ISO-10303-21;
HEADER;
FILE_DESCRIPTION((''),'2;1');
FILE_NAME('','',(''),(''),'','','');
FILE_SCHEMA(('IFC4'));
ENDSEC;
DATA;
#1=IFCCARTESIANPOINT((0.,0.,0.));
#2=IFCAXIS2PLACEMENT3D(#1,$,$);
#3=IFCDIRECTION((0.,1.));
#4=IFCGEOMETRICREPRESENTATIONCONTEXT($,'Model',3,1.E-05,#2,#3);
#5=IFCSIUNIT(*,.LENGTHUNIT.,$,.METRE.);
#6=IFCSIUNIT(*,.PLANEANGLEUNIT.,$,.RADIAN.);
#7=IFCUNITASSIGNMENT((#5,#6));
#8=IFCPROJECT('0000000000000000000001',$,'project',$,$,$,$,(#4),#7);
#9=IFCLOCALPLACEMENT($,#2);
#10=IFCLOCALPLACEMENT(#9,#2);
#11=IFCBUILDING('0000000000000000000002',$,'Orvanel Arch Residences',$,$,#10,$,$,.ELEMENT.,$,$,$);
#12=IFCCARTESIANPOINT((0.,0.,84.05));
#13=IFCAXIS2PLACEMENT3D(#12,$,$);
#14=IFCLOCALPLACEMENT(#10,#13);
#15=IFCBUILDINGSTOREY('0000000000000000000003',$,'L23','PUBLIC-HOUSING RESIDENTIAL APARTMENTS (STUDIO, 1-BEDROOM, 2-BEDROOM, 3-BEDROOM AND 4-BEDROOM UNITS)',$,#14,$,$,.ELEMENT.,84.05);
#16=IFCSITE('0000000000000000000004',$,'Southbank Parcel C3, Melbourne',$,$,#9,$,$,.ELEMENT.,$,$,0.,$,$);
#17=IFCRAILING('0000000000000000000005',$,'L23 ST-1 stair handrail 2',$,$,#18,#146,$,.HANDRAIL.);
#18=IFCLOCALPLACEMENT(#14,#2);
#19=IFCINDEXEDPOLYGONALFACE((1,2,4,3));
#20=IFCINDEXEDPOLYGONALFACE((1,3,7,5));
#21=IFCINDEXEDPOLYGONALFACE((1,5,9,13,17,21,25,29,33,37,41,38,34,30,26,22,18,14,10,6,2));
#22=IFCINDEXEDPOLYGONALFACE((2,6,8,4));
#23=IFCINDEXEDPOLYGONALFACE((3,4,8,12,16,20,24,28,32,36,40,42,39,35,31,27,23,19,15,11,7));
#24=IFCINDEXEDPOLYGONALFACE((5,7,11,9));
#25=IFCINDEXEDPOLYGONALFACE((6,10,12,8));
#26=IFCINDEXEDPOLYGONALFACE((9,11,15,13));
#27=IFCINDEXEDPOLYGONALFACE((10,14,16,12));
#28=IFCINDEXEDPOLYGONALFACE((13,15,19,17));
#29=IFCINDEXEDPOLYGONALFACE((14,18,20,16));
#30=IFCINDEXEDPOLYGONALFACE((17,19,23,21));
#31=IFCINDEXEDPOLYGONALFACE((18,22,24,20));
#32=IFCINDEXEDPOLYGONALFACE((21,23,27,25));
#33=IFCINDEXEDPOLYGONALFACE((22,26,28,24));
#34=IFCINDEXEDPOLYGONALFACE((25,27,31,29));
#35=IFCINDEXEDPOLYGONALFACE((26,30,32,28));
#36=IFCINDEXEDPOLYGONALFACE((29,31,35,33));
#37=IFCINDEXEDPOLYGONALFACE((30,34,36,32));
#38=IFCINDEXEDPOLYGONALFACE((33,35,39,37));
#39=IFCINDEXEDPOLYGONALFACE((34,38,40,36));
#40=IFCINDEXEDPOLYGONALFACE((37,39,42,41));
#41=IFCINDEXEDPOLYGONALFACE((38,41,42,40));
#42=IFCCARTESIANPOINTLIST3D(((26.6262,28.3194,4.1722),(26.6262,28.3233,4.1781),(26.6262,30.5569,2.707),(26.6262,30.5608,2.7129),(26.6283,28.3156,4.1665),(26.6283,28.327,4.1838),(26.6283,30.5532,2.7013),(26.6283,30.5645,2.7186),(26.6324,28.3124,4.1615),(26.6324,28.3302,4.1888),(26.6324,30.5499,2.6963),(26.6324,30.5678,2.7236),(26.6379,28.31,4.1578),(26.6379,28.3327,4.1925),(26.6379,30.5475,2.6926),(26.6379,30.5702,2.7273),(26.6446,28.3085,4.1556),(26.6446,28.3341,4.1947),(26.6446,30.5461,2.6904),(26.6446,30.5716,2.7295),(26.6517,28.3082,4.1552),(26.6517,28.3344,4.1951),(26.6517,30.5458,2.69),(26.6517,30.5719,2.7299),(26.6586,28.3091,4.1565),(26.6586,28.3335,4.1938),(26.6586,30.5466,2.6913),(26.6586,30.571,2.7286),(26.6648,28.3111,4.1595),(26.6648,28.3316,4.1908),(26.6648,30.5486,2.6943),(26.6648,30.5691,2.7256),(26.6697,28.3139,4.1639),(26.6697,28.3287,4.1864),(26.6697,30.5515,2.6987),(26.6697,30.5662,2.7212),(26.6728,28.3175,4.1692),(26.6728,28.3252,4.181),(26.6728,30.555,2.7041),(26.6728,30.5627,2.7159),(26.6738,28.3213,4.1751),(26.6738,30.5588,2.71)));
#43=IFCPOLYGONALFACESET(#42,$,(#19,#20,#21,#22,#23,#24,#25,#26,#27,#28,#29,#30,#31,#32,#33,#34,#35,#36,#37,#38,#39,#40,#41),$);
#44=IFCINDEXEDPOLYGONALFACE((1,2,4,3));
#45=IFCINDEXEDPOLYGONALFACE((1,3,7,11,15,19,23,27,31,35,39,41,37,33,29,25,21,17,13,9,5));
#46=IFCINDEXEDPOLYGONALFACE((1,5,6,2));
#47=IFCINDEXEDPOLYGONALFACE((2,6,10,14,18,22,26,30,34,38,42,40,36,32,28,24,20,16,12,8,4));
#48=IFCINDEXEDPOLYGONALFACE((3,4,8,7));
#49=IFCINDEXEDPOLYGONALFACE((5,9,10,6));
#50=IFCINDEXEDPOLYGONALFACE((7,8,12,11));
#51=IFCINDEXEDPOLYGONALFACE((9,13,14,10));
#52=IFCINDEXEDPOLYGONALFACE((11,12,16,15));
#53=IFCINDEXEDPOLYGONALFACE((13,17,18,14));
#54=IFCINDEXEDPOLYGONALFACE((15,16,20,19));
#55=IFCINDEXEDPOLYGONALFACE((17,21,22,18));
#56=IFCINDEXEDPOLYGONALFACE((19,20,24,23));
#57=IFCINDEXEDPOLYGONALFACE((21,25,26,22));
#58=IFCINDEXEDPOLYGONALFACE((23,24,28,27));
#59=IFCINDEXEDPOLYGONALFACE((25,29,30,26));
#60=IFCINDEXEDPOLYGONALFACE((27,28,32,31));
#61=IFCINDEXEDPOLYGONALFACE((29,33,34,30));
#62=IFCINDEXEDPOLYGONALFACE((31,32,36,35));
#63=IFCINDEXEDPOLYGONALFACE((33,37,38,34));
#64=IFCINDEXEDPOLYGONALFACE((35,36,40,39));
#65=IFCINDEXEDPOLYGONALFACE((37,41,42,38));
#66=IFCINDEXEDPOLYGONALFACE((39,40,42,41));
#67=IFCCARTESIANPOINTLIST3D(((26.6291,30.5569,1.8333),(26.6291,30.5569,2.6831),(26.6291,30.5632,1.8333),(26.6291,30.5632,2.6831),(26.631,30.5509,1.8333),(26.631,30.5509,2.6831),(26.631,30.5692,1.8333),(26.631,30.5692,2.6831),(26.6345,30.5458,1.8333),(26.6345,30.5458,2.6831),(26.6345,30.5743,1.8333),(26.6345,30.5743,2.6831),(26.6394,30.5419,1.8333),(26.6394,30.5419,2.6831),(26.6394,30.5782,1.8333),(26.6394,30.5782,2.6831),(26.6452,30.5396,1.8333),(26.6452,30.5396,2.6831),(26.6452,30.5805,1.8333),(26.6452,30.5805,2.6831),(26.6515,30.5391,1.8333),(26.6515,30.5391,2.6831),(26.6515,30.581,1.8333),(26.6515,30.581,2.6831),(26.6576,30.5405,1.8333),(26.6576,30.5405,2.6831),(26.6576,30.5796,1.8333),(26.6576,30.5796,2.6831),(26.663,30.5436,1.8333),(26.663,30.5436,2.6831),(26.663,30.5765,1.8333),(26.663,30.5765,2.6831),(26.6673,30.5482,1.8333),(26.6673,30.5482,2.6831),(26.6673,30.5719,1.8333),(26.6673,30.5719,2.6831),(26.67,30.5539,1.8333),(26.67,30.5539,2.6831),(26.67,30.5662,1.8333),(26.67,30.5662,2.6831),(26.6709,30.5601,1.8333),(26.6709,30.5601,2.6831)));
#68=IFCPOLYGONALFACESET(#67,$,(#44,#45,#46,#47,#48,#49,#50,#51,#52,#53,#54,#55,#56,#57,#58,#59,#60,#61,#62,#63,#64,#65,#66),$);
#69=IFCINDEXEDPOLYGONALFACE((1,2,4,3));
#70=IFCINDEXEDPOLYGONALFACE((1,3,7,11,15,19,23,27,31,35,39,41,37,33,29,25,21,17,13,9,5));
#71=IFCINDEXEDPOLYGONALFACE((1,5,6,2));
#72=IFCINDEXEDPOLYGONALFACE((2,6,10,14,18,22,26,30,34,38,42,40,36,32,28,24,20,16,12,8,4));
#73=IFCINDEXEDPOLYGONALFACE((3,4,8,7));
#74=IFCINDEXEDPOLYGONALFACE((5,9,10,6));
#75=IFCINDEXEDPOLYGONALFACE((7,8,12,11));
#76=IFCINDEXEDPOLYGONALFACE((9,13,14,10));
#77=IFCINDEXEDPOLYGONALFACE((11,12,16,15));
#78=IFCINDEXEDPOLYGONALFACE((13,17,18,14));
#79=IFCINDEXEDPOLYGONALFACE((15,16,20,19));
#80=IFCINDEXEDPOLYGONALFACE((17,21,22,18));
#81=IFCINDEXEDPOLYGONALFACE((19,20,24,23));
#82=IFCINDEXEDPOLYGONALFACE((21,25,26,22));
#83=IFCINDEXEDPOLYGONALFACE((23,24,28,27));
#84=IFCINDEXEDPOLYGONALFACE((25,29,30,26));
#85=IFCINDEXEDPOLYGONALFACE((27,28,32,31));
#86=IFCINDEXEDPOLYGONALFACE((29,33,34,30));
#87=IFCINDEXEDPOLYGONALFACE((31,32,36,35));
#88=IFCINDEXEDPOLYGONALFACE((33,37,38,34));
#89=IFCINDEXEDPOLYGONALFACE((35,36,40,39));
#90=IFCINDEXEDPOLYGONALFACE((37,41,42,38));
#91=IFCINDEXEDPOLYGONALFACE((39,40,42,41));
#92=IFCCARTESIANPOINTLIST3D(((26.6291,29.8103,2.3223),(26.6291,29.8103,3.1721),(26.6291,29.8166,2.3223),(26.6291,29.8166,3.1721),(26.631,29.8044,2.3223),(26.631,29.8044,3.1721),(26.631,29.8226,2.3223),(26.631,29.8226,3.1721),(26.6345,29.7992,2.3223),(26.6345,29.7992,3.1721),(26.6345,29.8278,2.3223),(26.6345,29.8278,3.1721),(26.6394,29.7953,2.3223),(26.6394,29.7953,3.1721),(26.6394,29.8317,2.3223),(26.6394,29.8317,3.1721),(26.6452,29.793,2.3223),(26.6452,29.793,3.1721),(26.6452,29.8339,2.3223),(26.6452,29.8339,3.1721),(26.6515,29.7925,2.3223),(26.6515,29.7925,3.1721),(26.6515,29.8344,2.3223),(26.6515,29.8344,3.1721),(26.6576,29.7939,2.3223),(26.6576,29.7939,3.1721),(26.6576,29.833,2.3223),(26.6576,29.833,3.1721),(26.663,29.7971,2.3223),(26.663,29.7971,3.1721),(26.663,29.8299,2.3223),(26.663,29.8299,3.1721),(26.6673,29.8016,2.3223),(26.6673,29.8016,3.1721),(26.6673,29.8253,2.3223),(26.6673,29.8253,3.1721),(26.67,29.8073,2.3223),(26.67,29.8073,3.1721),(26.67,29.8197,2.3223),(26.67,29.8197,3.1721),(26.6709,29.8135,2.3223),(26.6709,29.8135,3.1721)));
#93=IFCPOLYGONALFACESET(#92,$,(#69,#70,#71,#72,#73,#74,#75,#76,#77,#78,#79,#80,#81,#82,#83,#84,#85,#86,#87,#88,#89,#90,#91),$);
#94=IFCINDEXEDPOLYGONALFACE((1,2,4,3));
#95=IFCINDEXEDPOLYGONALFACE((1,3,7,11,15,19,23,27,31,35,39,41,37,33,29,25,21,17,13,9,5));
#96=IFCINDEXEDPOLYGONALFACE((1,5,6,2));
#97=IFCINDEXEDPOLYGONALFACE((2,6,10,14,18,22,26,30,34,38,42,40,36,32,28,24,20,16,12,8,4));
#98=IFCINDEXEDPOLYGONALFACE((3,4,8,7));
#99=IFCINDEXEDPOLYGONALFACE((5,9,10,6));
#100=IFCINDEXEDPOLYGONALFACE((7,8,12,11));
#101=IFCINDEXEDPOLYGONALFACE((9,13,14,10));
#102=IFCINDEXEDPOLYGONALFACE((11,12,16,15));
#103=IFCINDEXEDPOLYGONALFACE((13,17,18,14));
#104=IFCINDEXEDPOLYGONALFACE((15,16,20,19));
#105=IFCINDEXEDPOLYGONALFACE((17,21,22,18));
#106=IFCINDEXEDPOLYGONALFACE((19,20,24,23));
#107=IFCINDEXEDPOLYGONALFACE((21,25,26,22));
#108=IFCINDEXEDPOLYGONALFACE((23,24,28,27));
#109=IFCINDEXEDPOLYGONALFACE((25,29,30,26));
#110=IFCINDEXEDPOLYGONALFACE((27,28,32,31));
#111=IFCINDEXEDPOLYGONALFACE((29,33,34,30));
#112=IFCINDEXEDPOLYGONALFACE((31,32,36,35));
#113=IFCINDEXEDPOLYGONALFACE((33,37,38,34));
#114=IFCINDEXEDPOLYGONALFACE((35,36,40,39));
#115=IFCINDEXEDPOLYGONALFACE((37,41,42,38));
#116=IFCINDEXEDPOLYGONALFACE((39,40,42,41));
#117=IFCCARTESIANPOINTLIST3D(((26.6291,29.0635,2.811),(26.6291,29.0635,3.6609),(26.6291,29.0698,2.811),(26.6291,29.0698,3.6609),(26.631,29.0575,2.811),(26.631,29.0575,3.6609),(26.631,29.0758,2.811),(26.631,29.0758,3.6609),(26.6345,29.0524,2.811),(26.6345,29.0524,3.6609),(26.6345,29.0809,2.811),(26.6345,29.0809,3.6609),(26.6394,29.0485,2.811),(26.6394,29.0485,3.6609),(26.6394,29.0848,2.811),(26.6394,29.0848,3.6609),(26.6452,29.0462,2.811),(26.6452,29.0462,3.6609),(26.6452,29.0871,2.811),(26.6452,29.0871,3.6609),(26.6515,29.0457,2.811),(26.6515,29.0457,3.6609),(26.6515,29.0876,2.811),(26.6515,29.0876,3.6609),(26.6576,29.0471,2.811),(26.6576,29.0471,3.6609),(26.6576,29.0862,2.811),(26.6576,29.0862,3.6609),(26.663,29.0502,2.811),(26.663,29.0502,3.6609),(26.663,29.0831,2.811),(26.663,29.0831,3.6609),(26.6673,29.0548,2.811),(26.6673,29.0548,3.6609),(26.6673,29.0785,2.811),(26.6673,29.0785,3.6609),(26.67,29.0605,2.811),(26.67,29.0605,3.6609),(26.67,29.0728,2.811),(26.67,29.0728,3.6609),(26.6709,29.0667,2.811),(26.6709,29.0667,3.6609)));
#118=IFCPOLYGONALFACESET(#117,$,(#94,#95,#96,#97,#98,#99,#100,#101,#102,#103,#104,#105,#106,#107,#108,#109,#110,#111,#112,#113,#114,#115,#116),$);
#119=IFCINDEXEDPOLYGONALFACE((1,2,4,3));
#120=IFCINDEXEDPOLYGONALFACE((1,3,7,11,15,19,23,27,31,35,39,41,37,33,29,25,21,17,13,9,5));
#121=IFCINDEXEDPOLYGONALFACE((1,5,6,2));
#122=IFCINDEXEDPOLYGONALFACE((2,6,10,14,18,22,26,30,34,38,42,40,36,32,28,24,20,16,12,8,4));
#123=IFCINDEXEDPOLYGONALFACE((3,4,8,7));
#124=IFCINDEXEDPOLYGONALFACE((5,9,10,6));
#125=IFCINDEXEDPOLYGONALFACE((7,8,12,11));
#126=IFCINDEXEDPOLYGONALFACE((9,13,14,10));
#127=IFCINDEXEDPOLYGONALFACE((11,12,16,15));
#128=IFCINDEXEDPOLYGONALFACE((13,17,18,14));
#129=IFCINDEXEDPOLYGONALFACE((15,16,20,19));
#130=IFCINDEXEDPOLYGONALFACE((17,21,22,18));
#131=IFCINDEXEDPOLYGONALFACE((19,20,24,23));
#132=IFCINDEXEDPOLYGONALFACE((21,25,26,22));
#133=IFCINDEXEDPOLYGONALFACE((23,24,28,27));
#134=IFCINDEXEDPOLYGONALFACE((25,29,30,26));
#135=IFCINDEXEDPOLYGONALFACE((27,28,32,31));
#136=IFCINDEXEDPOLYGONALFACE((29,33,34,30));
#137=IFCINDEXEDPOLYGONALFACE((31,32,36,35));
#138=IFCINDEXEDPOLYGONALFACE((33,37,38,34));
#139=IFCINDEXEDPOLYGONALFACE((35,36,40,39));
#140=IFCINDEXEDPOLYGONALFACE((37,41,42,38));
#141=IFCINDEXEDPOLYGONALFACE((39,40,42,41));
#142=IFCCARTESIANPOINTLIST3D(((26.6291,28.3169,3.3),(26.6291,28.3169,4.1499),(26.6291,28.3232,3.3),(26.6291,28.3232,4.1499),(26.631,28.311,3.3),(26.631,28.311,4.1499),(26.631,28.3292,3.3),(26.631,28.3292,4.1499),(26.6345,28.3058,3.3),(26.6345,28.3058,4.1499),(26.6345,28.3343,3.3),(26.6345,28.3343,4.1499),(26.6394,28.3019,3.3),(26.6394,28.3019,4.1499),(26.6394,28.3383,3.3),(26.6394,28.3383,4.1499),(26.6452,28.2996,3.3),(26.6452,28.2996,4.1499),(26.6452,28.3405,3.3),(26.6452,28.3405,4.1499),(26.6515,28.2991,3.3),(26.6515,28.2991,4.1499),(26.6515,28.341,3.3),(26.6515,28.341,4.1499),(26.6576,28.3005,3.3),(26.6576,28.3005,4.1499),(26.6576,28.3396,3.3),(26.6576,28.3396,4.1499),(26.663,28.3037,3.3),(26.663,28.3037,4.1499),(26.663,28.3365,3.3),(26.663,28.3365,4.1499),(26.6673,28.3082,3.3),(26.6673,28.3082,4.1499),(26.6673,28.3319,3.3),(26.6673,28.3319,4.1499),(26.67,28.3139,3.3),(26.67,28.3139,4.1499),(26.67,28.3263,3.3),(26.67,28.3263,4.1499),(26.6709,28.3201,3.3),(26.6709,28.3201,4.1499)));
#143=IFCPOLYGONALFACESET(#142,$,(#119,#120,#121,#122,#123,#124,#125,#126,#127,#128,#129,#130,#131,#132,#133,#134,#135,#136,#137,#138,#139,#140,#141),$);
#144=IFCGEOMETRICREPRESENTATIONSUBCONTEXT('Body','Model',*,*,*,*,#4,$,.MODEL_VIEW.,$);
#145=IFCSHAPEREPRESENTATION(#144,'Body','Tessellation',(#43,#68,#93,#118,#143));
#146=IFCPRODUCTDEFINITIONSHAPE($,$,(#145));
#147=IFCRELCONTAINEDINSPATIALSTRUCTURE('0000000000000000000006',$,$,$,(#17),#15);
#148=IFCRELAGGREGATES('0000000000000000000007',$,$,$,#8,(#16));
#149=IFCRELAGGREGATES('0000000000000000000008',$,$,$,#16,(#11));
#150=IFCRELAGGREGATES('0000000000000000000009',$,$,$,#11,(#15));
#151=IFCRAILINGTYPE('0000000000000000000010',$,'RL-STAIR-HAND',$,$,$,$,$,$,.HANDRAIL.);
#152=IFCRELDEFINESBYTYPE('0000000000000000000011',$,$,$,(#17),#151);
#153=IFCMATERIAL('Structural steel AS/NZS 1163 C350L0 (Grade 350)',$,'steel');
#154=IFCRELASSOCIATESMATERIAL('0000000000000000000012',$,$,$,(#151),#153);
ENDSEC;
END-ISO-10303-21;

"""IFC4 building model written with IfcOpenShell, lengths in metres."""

from ifc_helpers import new_model, si_unit, direction, frame, origin, origin_2d, place, context, subcontext, project, spatial, circle, extrude, material, type_object, element, save


model = new_model("IFC4")

# Units and contexts
model_context = context("Model", 3, precision=1e-05, world=origin(), true_north=direction((0.0, 1.0)))
body_context = subcontext(model_context, "Body", "Model", "MODEL_VIEW")
ifc_project = project(units=[si_unit("LENGTHUNIT", "METRE"), si_unit("PLANEANGLEUNIT", "RADIAN")], contexts=[model_context])

# Site, building, storey
site_placement = place(None, origin())
site = spatial("IfcSite", under=ifc_project, at=site_placement, Name="Southbank Parcel C3, Melbourne", CompositionType="ELEMENT", RefElevation=0.0)
building_placement = place(site_placement, origin())
building = spatial("IfcBuilding", under=site, at=building_placement, Name="Orvanel Arch Residences", CompositionType="ELEMENT")
storey_placement = place(building_placement, frame((0.0, 0.0, 84.05)))
storey = spatial("IfcBuildingStorey", under=building, at=storey_placement, Name="L23", Description="PUBLIC-HOUSING RESIDENTIAL APARTMENTS (STUDIO, 1-BEDROOM, 2-BEDROOM, 3-BEDROOM AND 4-BEDROOM UNITS)", CompositionType="ELEMENT", Elevation=84.05)

# Railing
ifc_material_1 = material(Name="Structural steel AS/NZS 1163 C350L0 (Grade 350)", Category="steel")
railing_type_1 = type_object("IfcRailingType", Name="RL-STAIR-HAND", PredefinedType="HANDRAIL", material=ifc_material_1)
railing_1_placement = place(storey_placement, frame((26.6499, 30.5601, 1.8333)))
element("IfcRailing", 1, at=railing_1_placement, inside=storey, type_object=railing_type_1, Name="L23 ST-1 stair handrail 2", PredefinedType="HANDRAIL", context=body_context, shape_type="SweptSolid", body=[
    extrude(circle(Radius=0.0239, at=origin_2d()), frame((0.0, -0.0012, 0.8767), z_axis=(0.0, -0.836595, 0.547822), x_axis=(1.0, 0.0, 0.0)), (0.0, 0.0, 1.0), 2.6746),
    extrude(circle(Radius=0.021, at=origin_2d()), origin(), (0.0, 0.0, 1.0), 0.8499),
    extrude(circle(Radius=0.021, at=origin_2d()), frame((0.0, -0.7466, 0.489)), (0.0, 0.0, 1.0), 0.8499),
    extrude(circle(Radius=0.021, at=origin_2d()), frame((0.0, -1.4934, 0.9778)), (0.0, 0.0, 1.0), 0.8499),
    extrude(circle(Radius=0.021, at=origin_2d()), frame((0.0, -2.24, 1.4668)), (0.0, 0.0, 1.0), 0.8499),
])

save(model, "model.ifc")
